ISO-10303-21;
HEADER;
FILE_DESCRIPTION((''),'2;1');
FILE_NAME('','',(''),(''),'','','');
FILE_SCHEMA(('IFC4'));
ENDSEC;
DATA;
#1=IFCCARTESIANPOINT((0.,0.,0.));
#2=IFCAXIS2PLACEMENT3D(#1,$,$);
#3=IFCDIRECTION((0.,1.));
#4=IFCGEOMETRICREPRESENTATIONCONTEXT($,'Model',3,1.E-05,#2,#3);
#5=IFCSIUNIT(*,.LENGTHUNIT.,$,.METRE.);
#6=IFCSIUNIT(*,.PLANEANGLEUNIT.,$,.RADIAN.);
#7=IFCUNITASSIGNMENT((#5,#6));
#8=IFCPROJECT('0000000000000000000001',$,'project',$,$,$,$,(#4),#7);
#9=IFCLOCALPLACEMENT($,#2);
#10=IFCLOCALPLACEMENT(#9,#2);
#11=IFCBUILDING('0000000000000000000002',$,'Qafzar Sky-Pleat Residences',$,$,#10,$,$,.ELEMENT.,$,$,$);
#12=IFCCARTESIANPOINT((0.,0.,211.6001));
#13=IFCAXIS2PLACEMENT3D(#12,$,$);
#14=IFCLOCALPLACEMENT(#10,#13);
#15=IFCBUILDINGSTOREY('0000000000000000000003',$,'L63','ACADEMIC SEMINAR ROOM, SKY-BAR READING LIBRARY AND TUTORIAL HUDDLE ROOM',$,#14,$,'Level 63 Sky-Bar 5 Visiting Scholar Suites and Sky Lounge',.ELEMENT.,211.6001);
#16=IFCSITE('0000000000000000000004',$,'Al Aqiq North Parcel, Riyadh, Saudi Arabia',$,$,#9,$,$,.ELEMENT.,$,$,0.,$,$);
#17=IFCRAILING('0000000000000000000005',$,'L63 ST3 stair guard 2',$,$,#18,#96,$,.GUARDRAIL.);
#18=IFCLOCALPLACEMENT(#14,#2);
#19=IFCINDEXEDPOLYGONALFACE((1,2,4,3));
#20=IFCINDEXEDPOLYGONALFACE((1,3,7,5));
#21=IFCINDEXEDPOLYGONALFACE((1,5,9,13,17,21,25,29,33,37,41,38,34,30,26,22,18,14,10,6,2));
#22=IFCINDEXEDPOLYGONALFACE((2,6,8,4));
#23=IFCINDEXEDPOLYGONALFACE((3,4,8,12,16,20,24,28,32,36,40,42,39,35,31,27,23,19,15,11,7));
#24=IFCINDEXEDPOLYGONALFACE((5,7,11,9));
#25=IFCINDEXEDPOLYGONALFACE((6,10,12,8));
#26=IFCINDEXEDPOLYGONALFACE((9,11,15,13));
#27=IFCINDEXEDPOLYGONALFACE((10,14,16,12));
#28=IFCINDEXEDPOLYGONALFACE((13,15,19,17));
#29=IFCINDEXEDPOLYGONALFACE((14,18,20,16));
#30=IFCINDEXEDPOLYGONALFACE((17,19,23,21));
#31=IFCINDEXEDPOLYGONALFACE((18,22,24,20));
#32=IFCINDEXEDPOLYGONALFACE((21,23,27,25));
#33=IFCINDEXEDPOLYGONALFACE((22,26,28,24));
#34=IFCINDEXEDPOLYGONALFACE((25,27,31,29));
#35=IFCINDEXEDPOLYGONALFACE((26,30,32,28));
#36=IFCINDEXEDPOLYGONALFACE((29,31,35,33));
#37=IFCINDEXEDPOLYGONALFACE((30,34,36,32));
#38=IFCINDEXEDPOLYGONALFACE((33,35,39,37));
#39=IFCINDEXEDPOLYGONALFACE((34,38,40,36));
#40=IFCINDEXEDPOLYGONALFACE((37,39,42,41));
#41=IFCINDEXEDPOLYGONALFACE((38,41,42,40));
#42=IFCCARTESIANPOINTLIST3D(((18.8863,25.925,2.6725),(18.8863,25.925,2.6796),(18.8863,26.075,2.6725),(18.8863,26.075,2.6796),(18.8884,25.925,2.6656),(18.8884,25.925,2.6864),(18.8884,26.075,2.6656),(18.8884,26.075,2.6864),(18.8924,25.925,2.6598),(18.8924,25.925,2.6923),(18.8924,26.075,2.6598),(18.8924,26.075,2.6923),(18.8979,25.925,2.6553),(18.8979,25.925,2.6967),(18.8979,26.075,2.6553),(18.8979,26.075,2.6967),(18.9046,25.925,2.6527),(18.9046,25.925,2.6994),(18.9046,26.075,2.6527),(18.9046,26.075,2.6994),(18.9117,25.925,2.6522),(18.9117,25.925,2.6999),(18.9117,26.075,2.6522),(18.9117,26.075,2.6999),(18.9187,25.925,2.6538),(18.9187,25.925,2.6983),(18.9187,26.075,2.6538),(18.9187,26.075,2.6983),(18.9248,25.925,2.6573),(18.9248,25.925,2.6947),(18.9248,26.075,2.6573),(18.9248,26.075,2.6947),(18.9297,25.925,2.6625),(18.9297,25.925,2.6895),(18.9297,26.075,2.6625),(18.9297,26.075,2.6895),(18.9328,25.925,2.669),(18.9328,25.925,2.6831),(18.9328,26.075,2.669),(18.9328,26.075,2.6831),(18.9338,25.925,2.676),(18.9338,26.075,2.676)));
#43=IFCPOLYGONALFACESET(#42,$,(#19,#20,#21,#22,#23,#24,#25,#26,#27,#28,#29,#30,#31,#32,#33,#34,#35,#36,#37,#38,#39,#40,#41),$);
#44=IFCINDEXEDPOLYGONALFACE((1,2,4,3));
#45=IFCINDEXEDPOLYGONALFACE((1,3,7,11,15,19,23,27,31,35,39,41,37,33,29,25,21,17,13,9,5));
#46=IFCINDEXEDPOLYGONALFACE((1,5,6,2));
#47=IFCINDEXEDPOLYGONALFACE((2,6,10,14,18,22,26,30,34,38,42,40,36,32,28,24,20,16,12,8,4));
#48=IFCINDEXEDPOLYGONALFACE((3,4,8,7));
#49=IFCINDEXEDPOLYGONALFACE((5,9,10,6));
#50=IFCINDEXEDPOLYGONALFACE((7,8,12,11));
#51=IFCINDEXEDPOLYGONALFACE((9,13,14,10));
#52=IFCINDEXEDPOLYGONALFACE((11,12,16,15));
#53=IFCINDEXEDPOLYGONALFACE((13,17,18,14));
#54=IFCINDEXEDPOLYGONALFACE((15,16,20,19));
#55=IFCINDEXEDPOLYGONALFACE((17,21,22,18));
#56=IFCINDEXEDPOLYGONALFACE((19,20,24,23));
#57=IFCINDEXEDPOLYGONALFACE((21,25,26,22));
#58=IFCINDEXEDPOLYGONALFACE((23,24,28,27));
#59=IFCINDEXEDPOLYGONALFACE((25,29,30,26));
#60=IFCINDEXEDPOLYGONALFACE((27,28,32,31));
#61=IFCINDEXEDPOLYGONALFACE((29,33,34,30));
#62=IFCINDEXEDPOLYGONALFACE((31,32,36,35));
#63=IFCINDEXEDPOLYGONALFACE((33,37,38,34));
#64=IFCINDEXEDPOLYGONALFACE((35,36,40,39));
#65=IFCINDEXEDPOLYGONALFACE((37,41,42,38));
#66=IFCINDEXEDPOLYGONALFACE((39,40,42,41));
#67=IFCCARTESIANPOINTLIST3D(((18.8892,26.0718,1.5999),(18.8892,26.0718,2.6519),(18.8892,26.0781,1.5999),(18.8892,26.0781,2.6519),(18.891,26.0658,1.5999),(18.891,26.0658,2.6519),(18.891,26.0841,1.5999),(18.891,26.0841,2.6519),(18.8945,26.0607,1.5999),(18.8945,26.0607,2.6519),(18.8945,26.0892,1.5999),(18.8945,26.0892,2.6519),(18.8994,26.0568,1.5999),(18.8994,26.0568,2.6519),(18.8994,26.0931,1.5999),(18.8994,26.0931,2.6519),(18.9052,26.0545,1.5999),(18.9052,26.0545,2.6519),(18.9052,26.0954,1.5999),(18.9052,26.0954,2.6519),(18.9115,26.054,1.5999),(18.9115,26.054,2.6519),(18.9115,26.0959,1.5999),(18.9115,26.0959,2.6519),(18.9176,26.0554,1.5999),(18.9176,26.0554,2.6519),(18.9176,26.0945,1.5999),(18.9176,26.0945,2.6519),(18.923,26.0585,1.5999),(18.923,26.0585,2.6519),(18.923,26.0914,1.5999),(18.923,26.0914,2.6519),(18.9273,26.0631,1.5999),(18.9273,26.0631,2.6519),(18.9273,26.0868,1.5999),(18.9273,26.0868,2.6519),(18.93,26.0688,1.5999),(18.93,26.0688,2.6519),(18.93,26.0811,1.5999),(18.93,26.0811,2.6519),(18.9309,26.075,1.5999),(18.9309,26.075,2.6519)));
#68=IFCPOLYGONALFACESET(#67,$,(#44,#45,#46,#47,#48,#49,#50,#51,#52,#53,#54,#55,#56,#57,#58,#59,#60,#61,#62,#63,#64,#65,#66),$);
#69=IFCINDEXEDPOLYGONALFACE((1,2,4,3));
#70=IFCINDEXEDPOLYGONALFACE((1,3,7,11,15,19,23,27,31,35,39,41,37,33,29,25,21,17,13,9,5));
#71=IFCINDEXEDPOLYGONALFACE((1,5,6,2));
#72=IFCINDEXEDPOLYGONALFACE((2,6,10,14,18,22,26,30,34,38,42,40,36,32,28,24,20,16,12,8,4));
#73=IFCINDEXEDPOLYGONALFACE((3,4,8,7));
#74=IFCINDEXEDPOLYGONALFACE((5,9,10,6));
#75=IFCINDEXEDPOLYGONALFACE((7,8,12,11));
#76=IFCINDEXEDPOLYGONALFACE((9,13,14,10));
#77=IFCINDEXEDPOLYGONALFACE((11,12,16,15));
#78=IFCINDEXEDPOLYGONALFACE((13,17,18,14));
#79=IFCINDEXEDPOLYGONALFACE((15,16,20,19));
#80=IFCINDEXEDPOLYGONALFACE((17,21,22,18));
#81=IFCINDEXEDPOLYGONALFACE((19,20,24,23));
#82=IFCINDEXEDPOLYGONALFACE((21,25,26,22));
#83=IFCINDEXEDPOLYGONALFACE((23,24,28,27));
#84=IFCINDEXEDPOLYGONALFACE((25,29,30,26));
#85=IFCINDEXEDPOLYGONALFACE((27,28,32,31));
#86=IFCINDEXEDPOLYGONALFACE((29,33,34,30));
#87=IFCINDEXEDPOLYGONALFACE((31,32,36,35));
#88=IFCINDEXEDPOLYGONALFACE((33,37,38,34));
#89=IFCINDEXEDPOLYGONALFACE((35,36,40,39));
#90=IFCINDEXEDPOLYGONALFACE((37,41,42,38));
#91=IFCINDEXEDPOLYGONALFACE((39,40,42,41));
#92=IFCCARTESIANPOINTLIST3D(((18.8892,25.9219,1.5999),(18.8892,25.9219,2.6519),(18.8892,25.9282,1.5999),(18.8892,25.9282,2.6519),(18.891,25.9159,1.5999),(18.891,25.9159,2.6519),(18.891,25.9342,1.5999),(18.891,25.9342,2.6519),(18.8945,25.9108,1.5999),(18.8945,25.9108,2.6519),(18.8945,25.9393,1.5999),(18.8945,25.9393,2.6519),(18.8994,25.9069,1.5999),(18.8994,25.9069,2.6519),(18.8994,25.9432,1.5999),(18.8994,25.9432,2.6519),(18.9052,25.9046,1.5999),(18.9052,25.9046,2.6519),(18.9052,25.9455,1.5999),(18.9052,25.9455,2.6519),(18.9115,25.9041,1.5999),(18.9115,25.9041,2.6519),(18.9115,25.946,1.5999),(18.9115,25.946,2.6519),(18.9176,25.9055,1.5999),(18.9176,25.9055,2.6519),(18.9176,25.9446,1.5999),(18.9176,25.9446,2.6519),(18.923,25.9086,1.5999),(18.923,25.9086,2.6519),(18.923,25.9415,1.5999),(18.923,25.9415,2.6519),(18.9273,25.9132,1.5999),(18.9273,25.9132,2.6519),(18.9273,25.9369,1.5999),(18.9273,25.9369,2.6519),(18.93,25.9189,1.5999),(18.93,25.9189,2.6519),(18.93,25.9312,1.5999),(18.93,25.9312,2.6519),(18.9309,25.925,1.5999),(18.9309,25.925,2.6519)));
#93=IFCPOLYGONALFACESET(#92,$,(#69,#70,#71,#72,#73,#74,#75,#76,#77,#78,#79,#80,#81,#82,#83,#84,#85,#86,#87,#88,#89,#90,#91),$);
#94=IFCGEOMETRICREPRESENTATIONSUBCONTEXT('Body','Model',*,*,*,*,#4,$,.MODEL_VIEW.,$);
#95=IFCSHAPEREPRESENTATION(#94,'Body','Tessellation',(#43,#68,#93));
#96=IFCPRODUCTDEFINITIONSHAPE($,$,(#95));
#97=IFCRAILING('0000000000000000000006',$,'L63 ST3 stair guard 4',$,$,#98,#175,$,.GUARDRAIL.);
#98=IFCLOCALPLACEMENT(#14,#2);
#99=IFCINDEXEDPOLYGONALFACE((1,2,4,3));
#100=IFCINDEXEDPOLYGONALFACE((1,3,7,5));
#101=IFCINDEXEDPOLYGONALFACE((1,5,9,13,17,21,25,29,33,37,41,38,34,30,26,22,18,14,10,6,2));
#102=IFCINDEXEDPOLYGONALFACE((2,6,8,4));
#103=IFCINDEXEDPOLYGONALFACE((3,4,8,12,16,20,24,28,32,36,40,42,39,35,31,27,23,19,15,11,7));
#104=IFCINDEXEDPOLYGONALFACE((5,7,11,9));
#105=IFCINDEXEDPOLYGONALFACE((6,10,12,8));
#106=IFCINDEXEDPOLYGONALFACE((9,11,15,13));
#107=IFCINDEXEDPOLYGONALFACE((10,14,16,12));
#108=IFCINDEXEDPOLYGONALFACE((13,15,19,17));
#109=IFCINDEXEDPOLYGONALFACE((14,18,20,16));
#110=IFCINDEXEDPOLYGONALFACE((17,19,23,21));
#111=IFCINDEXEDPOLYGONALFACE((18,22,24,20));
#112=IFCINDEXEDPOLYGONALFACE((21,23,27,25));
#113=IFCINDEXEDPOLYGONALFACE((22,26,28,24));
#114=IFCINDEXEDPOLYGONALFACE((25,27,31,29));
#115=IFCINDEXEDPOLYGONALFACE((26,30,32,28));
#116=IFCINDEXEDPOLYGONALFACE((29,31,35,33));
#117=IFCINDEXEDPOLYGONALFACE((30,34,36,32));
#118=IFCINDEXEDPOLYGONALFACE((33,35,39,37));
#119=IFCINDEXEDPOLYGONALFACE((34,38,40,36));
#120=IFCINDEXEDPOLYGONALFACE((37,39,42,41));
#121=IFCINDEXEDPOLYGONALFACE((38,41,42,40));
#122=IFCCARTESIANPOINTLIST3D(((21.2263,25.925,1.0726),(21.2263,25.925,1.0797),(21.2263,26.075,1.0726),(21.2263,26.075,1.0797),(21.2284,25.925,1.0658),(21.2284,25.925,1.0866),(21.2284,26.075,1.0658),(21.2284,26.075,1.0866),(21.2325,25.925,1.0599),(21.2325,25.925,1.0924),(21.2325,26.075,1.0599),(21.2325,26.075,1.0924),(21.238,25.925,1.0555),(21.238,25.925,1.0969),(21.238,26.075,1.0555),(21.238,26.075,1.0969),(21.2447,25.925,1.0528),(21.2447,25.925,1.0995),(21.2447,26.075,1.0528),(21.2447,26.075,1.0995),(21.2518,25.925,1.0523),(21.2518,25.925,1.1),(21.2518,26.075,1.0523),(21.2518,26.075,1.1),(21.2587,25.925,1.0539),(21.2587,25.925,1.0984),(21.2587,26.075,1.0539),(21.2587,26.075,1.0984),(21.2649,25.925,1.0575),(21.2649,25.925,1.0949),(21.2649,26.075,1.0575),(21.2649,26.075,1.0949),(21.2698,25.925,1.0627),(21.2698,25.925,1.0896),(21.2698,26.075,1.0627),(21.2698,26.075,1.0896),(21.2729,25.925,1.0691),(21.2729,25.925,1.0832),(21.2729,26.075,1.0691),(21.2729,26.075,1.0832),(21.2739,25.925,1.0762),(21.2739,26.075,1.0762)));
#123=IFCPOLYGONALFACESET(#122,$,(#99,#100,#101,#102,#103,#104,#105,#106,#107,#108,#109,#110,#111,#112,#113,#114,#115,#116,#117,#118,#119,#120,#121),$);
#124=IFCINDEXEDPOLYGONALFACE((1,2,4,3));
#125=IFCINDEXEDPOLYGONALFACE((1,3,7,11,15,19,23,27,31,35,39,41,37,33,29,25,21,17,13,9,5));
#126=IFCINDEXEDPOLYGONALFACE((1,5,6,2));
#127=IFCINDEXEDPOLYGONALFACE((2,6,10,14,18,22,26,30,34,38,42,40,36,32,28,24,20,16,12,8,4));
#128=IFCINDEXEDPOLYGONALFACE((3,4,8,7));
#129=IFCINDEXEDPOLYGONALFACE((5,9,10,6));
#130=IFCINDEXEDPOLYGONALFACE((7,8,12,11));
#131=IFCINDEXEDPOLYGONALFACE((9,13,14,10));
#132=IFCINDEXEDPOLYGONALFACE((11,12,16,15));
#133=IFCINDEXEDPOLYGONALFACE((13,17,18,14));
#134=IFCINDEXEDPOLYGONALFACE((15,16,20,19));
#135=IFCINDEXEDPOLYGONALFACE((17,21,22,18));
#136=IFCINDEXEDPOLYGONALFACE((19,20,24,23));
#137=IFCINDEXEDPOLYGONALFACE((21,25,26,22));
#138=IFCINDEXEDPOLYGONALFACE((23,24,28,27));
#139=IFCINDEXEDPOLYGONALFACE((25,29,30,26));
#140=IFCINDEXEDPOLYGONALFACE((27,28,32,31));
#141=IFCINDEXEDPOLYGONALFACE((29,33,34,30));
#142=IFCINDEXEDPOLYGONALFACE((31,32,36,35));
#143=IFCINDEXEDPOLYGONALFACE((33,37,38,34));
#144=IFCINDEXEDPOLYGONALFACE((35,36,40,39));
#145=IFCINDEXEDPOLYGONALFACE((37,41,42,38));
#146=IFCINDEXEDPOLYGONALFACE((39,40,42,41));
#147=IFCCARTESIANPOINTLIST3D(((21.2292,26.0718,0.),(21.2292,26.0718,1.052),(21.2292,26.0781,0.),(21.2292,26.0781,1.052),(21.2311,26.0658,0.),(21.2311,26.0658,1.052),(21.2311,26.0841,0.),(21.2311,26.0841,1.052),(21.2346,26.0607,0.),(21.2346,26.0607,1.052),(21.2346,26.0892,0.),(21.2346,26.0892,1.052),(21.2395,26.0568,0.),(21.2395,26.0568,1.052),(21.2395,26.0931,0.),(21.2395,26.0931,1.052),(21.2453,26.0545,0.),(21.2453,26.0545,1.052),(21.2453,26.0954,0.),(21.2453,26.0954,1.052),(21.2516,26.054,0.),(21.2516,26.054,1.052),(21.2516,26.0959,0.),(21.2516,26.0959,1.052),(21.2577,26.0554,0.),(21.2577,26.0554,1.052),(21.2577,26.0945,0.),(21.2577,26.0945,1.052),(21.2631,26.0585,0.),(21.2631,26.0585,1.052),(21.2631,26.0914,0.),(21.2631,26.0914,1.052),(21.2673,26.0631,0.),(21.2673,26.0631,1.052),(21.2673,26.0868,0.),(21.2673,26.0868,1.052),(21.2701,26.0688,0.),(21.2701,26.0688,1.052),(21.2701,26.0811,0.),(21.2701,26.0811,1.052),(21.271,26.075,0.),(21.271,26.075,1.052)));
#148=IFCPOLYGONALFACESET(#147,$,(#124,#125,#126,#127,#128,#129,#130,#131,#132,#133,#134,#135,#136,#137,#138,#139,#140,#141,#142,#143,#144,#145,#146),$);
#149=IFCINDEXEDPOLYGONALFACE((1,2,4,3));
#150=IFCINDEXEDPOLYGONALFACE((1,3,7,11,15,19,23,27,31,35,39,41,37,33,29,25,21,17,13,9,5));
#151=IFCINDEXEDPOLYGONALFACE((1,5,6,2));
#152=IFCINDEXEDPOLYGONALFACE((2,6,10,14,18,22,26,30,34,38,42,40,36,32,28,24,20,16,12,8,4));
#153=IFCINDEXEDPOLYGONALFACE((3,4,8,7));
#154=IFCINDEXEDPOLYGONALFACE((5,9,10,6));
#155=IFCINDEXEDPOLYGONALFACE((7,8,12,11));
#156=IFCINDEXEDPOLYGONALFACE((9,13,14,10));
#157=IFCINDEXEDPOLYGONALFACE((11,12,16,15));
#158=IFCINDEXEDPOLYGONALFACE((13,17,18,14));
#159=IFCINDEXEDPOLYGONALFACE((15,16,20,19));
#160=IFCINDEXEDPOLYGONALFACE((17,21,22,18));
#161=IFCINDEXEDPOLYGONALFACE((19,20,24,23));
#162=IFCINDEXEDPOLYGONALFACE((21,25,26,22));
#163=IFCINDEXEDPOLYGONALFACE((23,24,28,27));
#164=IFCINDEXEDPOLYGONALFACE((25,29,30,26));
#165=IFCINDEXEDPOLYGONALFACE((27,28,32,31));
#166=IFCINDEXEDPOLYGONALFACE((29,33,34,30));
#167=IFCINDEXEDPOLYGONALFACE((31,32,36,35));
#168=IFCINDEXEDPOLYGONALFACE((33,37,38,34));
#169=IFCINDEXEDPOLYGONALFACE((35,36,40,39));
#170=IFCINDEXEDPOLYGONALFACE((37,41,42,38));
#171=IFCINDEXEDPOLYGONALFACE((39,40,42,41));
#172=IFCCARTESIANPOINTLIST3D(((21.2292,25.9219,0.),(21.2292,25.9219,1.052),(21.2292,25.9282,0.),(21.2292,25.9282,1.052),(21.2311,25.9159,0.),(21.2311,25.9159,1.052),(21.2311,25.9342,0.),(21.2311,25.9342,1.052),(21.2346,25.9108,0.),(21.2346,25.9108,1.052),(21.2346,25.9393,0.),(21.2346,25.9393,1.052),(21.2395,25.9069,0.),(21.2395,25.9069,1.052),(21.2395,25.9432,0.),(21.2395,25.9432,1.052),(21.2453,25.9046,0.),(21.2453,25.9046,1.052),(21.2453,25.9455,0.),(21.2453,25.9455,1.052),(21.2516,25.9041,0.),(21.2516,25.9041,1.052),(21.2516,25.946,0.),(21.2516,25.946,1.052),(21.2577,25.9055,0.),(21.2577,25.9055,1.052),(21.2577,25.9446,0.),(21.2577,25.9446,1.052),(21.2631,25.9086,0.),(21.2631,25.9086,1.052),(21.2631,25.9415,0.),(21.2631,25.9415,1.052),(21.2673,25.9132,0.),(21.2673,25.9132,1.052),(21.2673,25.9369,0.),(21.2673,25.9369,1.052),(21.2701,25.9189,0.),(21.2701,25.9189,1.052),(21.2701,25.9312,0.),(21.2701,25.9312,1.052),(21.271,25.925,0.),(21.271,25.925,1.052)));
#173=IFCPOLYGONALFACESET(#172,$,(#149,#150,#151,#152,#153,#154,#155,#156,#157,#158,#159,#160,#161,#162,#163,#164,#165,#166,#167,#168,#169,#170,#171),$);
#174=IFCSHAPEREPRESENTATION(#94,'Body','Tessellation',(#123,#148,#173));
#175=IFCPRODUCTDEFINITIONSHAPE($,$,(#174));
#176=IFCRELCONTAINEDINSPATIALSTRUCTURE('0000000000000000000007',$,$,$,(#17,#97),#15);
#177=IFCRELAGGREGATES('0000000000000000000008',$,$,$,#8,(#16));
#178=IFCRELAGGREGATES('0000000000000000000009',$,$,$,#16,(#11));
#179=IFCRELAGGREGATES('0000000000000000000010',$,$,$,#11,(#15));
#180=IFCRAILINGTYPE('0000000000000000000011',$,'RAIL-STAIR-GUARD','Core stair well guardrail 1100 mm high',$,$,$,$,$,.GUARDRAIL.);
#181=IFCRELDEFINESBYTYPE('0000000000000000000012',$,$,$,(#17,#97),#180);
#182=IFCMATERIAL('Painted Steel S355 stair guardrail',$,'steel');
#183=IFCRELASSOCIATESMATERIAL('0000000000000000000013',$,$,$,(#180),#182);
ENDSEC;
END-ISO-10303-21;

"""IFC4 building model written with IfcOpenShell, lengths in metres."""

from ifc_helpers import new_model, si_unit, direction, frame, origin, origin_2d, place, context, subcontext, project, spatial, circle, extrude, source, transform, mapped, material, type_object, element, save


model = new_model("IFC4")

# Units and contexts
model_context = context("Model", 3, precision=1e-05, world=origin(), true_north=direction((0.0, 1.0)))
body_context = subcontext(model_context, "Body", "Model", "MODEL_VIEW")
ifc_project = project(units=[si_unit("LENGTHUNIT", "METRE"), si_unit("PLANEANGLEUNIT", "RADIAN")], contexts=[model_context])

# Site, building, storey
site_placement = place(None, origin())
site = spatial("IfcSite", under=ifc_project, at=site_placement, Name="Al Aqiq North Parcel, Riyadh, Saudi Arabia", CompositionType="ELEMENT", RefElevation=0.0)
building_placement = place(site_placement, origin())
building = spatial("IfcBuilding", under=site, at=building_placement, Name="Qafzar Sky-Pleat Residences", CompositionType="ELEMENT")
storey_placement = place(building_placement, frame((0.0, 0.0, 211.6001)))
storey = spatial("IfcBuildingStorey", under=building, at=storey_placement, Name="L63", Description="ACADEMIC SEMINAR ROOM, SKY-BAR READING LIBRARY AND TUTORIAL HUDDLE ROOM", LongName="Level 63 Sky-Bar 5 Visiting Scholar Suites and Sky Lounge", CompositionType="ELEMENT", Elevation=211.6001)

# Railings
ifc_material_1 = material(Name="Painted Steel S355 stair guardrail", Category="steel")
railing_type_1 = type_object("IfcRailingType", Name="RAIL-STAIR-GUARD", Description="Core stair well guardrail 1100 mm high", PredefinedType="GUARDRAIL", material=ifc_material_1)
shared_shape_1 = source(origin(), body_context, "Body", "SweptSolid", [
    extrude(circle(Radius=0.0239, at=origin_2d()), frame((0.0, 0.0, 1.0762), z_axis=(0.0, -1.0, 0.0), x_axis=(1.0, 0.0, 0.0)), (0.0, 0.0, 1.0), 0.1499),
    extrude(circle(Radius=0.021, at=origin_2d()), origin(), (0.0, 0.0, 1.0), 1.052),
    extrude(circle(Radius=0.021, at=origin_2d()), frame((0.0, -0.1499, 0.0)), (0.0, 0.0, 1.0), 1.052),
])
for number, where, name in (
    (1, (18.9099, 26.075, 1.5999), "L63 ST3 stair guard 2"),
    (2, (21.25, 26.075, 0.0), "L63 ST3 stair guard 4"),
):
    element("IfcRailing", number, at=place(storey_placement, frame(where)), inside=storey, type_object=railing_type_1, Name=name, PredefinedType="GUARDRAIL", context=body_context, shape_type="MappedRepresentation", body=[
        mapped(shared_shape_1, transform((0.0, 0.0, 0.0), x_axis=(1.0, 0.0, 0.0), y_axis=(0.0, 1.0, 0.0), z_axis=(0.0, 0.0, 1.0), scale=1.0)),
    ])

save(model, "model.ifc")
